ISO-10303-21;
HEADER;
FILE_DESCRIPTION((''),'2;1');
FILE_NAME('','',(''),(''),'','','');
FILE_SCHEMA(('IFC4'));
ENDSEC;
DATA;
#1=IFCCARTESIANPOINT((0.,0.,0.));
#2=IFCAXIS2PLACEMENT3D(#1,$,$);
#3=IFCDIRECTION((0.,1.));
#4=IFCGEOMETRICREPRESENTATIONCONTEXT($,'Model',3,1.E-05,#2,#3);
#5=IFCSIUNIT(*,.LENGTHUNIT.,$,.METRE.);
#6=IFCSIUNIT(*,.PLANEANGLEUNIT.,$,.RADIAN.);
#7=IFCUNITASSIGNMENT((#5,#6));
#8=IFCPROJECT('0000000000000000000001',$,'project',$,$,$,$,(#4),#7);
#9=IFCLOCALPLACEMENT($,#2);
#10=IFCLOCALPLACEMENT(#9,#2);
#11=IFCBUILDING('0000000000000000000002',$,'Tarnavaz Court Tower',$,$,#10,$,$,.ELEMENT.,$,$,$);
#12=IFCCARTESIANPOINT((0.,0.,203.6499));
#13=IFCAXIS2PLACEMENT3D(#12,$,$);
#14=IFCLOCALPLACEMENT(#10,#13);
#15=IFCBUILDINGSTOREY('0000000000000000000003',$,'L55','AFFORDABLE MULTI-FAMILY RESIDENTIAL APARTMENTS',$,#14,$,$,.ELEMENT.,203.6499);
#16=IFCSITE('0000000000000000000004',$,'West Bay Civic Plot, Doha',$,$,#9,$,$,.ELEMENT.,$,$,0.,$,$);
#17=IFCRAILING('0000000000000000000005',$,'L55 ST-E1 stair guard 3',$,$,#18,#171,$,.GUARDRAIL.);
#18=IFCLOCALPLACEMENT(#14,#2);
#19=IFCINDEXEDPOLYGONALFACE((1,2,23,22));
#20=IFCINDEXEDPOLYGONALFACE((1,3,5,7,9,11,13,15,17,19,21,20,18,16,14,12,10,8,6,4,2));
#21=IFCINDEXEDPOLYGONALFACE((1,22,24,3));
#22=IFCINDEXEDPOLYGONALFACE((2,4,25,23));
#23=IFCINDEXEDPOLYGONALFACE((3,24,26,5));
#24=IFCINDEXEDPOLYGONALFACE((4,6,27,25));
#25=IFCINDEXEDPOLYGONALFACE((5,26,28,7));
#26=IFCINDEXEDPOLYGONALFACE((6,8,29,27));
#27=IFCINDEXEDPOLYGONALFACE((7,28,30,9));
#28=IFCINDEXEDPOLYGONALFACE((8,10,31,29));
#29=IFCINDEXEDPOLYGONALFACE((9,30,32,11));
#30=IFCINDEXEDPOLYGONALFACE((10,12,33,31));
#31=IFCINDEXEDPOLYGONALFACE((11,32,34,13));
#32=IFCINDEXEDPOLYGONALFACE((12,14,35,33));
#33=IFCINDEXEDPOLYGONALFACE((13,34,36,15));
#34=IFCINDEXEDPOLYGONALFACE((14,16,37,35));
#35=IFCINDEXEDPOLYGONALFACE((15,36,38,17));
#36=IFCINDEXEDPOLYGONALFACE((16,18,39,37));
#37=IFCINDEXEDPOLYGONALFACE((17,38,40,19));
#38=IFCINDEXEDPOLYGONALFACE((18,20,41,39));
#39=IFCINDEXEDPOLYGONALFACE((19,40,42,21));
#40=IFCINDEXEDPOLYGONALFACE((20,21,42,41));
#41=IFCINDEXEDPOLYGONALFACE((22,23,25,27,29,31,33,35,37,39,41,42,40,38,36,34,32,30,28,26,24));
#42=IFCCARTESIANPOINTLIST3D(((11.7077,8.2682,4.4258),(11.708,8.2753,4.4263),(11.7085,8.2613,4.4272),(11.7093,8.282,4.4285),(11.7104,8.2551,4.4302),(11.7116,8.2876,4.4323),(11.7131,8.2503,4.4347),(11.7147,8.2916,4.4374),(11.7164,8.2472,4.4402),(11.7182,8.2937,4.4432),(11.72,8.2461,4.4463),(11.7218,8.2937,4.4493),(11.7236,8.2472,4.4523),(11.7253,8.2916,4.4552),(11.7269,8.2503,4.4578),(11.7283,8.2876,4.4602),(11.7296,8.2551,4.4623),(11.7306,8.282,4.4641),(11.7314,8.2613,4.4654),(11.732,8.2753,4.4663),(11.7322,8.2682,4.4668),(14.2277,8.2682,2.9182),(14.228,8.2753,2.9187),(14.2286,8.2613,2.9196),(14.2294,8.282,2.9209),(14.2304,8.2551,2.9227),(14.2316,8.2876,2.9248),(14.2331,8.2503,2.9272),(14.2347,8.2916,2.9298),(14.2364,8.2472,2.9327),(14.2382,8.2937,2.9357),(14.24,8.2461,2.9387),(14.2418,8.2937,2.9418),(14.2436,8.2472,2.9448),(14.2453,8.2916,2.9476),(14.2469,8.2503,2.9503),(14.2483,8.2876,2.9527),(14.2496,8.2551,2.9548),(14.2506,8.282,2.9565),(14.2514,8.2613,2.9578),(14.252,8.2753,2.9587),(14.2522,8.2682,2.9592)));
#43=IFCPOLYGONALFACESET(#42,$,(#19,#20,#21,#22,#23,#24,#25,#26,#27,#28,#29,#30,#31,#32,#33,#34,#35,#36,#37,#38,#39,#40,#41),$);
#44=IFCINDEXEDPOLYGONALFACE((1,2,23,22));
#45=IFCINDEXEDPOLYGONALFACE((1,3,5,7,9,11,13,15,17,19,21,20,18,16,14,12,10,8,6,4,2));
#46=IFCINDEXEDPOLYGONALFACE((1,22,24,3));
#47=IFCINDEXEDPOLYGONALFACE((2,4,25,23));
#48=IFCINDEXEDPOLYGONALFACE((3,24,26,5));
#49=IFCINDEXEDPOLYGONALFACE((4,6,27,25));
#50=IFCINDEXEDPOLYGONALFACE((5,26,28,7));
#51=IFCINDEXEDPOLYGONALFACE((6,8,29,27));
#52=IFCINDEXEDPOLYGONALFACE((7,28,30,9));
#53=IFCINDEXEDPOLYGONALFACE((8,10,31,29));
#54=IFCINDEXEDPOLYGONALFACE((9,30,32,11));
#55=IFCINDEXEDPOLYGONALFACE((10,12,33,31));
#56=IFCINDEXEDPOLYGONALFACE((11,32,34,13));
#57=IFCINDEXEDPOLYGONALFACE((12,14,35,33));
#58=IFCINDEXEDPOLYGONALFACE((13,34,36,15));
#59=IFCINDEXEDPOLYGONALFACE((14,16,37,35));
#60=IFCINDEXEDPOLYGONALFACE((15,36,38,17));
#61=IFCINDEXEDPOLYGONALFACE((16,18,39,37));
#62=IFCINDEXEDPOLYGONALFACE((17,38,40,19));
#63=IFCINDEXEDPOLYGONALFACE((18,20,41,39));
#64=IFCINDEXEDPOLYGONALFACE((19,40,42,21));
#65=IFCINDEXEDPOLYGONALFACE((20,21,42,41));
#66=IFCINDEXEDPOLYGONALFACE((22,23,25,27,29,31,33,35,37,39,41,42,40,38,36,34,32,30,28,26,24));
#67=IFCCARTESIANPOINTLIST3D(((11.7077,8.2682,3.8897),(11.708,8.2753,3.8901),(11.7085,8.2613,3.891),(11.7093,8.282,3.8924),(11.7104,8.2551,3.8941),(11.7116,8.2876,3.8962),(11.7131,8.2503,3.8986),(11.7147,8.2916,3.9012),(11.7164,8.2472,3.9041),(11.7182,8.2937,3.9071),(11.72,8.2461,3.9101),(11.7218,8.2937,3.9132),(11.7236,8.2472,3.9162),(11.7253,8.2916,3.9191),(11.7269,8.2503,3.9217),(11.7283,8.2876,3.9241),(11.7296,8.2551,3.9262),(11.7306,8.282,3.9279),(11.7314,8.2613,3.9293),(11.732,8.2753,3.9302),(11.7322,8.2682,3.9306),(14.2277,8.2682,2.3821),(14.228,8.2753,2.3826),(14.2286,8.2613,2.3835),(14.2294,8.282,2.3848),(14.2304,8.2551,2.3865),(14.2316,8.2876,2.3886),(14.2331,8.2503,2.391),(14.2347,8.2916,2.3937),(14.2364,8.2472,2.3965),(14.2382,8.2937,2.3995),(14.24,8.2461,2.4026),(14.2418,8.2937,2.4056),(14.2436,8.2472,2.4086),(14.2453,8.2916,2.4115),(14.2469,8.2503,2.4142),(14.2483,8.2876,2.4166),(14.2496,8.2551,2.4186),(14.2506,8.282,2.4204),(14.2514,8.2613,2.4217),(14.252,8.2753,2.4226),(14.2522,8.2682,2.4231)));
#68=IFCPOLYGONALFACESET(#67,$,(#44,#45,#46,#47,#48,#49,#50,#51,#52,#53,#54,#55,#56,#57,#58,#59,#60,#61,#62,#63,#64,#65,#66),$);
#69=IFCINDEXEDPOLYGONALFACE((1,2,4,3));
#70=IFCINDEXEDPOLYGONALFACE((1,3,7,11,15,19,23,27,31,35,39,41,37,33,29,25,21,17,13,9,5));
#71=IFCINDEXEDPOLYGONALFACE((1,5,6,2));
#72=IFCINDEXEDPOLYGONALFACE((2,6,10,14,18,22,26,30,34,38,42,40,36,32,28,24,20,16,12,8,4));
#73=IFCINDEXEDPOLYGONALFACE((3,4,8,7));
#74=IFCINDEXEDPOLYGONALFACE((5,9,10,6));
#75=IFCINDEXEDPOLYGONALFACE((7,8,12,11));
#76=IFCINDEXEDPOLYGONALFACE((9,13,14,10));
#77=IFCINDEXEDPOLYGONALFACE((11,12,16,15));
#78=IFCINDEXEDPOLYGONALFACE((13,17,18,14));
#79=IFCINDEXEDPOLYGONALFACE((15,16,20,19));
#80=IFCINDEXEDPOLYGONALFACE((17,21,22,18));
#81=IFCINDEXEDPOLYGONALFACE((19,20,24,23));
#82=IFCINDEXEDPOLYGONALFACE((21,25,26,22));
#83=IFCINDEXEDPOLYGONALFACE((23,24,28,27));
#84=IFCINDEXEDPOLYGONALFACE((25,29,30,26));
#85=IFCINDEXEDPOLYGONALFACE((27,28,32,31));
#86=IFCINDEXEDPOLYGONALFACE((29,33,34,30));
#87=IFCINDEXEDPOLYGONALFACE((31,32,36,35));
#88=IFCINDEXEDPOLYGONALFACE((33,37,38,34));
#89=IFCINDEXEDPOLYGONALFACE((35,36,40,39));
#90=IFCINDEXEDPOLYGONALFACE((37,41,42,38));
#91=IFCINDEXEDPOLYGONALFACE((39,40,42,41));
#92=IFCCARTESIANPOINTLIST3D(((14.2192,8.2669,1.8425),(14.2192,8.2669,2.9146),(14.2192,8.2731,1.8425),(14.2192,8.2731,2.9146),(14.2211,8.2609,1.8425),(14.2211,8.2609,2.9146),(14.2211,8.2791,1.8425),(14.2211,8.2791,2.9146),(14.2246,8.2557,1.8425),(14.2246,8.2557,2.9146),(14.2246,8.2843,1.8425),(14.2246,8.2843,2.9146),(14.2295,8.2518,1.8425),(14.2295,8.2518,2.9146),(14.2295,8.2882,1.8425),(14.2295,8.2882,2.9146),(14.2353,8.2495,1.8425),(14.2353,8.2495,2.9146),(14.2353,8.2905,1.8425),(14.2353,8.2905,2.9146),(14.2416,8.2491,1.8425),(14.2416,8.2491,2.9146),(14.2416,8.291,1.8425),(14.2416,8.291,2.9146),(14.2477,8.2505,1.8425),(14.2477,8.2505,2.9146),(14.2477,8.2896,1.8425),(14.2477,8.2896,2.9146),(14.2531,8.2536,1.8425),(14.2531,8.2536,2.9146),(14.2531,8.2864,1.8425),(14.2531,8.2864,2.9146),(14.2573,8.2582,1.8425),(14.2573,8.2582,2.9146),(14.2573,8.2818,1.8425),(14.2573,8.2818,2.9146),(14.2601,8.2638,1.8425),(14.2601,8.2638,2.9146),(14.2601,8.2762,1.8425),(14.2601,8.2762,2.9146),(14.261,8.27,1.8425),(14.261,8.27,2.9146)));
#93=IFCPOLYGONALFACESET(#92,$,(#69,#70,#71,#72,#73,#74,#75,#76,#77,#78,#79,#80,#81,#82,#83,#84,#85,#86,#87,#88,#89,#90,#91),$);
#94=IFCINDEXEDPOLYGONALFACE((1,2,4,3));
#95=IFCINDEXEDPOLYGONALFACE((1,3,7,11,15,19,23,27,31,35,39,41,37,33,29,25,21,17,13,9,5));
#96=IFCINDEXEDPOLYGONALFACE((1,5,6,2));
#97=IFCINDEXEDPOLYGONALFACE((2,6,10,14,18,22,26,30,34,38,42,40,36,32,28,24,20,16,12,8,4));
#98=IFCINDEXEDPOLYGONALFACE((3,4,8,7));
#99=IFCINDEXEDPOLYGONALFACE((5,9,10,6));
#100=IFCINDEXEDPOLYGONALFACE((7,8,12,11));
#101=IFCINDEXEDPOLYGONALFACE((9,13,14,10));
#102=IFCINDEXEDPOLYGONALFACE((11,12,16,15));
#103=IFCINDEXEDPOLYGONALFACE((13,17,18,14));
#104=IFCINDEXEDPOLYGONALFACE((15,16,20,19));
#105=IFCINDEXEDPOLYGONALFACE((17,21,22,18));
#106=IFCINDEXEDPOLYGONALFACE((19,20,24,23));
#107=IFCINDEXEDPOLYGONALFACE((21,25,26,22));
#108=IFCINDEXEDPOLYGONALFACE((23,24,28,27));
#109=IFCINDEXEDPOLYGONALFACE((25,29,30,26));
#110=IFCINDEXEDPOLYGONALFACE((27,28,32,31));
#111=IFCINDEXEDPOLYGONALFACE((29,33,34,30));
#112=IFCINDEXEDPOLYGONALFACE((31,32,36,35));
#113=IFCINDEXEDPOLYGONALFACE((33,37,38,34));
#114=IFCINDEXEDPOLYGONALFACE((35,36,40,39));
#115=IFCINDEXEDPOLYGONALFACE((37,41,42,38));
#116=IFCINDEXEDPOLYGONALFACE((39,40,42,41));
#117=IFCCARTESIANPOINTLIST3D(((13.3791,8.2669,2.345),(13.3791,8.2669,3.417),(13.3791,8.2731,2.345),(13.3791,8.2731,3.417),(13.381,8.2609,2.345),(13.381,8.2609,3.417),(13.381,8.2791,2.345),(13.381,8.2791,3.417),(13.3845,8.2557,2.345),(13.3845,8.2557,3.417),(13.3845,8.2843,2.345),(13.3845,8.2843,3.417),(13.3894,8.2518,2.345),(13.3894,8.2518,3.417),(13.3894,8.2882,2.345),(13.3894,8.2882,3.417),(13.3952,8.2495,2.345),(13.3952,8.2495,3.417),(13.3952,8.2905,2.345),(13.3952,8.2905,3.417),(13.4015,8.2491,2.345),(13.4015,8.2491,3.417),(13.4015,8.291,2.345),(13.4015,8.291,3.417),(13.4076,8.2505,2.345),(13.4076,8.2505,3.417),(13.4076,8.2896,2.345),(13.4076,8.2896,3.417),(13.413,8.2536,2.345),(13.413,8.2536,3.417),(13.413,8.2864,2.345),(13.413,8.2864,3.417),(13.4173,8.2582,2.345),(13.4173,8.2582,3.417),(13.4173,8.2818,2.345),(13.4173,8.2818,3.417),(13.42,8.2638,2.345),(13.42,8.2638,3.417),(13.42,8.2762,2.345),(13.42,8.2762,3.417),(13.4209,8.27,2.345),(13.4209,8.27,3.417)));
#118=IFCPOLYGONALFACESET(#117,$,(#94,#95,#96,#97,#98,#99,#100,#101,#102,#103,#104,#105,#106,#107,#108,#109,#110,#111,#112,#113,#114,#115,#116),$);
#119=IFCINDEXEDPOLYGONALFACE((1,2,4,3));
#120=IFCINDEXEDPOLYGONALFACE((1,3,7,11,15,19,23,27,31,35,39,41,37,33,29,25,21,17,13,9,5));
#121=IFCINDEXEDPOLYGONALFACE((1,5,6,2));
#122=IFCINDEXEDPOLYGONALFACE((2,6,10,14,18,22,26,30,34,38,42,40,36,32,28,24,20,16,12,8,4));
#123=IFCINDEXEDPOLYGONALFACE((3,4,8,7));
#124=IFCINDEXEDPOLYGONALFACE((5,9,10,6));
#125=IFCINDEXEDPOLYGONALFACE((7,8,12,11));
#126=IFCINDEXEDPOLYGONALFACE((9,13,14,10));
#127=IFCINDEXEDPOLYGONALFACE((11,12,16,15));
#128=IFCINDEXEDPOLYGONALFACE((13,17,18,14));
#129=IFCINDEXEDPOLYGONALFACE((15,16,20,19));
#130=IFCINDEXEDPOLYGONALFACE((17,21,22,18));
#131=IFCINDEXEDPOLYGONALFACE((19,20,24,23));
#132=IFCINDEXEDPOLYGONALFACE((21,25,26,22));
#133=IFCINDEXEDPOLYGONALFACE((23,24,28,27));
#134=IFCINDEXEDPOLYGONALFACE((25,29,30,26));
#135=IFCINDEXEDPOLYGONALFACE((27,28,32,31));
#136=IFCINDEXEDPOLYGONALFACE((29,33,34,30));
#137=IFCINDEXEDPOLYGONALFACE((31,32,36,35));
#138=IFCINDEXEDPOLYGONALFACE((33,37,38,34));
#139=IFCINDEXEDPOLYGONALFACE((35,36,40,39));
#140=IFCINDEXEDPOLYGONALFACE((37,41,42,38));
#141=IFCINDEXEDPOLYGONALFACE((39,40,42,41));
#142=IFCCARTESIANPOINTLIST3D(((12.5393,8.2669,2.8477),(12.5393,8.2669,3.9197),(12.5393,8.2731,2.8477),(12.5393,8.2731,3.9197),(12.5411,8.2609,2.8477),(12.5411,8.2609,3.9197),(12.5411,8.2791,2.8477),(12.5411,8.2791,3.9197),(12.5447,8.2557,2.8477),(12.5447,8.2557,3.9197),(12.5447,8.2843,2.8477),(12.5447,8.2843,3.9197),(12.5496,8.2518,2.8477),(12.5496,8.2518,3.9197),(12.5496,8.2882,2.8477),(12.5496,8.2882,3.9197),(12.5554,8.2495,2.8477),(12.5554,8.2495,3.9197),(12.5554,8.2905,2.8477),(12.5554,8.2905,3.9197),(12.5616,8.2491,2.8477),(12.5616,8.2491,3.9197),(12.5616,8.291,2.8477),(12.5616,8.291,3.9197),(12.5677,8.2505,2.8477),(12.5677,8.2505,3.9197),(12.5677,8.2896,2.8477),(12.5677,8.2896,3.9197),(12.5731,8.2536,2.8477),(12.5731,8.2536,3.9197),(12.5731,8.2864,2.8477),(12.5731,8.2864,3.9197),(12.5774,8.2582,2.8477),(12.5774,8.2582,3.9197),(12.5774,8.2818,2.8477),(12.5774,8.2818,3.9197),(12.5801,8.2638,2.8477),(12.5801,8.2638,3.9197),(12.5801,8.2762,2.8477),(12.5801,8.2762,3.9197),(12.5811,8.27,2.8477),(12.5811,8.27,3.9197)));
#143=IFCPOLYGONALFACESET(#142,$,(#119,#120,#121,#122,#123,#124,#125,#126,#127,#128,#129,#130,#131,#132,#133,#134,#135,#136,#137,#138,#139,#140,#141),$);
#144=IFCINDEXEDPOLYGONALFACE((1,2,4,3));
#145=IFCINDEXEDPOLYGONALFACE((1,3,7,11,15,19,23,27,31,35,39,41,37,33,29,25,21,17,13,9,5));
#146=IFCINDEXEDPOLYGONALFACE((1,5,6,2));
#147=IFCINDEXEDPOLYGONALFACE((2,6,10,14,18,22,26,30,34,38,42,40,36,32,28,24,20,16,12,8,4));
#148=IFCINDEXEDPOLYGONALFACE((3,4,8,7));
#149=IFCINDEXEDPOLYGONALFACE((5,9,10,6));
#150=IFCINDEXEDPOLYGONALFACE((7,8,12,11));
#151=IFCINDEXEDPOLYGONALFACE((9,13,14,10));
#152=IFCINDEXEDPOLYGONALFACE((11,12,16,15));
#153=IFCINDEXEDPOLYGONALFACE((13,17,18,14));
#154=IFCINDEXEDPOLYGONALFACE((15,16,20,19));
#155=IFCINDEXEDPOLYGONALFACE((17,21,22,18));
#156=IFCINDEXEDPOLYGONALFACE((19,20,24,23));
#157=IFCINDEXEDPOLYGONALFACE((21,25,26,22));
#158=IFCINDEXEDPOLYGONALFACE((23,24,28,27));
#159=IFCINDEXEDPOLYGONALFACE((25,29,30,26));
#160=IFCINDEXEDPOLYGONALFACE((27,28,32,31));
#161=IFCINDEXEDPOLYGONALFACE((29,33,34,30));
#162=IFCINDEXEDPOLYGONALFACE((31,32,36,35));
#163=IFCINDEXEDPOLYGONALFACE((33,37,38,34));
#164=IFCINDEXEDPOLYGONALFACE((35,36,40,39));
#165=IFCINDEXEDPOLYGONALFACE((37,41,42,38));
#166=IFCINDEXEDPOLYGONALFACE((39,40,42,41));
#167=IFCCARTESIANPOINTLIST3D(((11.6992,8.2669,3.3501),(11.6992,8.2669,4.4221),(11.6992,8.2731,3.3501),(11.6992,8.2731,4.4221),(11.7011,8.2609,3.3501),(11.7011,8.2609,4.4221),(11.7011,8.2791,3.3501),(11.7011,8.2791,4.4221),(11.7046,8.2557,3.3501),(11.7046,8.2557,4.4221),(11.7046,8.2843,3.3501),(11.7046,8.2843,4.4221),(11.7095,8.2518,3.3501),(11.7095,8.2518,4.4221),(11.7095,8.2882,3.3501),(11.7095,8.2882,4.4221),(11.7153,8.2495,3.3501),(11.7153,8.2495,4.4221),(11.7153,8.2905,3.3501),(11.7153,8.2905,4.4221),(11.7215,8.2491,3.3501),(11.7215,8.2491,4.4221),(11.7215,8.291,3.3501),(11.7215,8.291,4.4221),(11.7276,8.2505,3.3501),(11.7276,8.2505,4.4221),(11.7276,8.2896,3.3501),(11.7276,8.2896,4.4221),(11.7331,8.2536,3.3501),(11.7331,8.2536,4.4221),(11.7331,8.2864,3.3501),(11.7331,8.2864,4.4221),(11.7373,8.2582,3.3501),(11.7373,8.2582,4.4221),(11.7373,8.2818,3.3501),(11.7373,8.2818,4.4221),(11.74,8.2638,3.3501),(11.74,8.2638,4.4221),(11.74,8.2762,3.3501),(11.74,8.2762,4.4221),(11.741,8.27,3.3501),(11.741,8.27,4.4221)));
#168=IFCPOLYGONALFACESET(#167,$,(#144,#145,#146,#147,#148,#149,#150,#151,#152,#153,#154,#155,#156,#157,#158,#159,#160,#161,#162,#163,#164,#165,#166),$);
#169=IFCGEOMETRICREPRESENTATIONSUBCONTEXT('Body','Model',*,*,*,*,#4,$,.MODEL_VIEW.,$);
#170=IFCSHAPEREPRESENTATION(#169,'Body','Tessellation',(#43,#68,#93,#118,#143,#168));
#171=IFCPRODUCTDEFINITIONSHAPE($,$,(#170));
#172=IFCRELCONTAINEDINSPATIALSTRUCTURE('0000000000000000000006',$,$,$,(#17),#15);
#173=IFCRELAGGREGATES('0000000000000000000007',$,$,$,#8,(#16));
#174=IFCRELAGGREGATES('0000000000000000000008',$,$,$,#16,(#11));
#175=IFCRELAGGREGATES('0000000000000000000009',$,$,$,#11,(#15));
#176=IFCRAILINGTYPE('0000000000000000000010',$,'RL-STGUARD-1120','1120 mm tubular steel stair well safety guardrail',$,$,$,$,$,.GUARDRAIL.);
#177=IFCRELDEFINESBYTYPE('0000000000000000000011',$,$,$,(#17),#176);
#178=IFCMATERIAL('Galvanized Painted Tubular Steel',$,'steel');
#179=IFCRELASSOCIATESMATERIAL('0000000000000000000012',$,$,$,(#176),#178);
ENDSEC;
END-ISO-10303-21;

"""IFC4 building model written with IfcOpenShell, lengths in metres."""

from ifc_helpers import new_model, si_unit, direction, frame, origin, origin_2d, place, context, subcontext, project, spatial, circle, extrude, material, type_object, element, save


model = new_model("IFC4")

# Units and contexts
model_context = context("Model", 3, precision=1e-05, world=origin(), true_north=direction((0.0, 1.0)))
body_context = subcontext(model_context, "Body", "Model", "MODEL_VIEW")
ifc_project = project(units=[si_unit("LENGTHUNIT", "METRE"), si_unit("PLANEANGLEUNIT", "RADIAN")], contexts=[model_context])

# Site, building, storey
site_placement = place(None, origin())
site = spatial("IfcSite", under=ifc_project, at=site_placement, Name="West Bay Civic Plot, Doha", CompositionType="ELEMENT", RefElevation=0.0)
building_placement = place(site_placement, origin())
building = spatial("IfcBuilding", under=site, at=building_placement, Name="Tarnavaz Court Tower", CompositionType="ELEMENT")
storey_placement = place(building_placement, frame((0.0, 0.0, 203.6499)))
storey = spatial("IfcBuildingStorey", under=building, at=storey_placement, Name="L55", Description="AFFORDABLE MULTI-FAMILY RESIDENTIAL APARTMENTS", CompositionType="ELEMENT", Elevation=203.6499)

# Railing
ifc_material_1 = material(Name="Galvanized Painted Tubular Steel", Category="steel")
railing_type_1 = type_object("IfcRailingType", Name="RL-STGUARD-1120", Description="1120 mm tubular steel stair well safety guardrail", PredefinedType="GUARDRAIL", material=ifc_material_1)
railing_1_placement = place(storey_placement, frame((14.24, 8.27, 1.8425)))
element("IfcRailing", 1, at=railing_1_placement, inside=storey, type_object=railing_type_1, Name="L55 ST-E1 stair guard 3", PredefinedType="GUARDRAIL", context=body_context, shape_type="SweptSolid", body=[
    extrude(circle(Radius=0.0239, at=origin_2d()), frame((0.0, 0.0, 1.0962), z_axis=(-0.85816, 0.0, 0.513383), x_axis=(0.0, -1.0, 0.0)), (0.0, 0.0, 1.0), 2.9365),
    extrude(circle(Radius=0.0239, at=origin_2d()), frame((0.0, 0.0, 0.5601), z_axis=(-0.85816, 0.0, 0.513383), x_axis=(0.0, -1.0, 0.0)), (0.0, 0.0, 1.0), 2.9365),
    extrude(circle(Radius=0.021, at=origin_2d()), origin(), (0.0, 0.0, 1.0), 1.072),
    extrude(circle(Radius=0.021, at=origin_2d()), frame((-0.8401, 0.0, 0.5024)), (0.0, 0.0, 1.0), 1.072),
    extrude(circle(Radius=0.021, at=origin_2d()), frame((-1.6799, 0.0, 1.0051)), (0.0, 0.0, 1.0), 1.072),
    extrude(circle(Radius=0.021, at=origin_2d()), frame((-2.52, 0.0, 1.5076)), (0.0, 0.0, 1.0), 1.072),
])

save(model, "model.ifc")
